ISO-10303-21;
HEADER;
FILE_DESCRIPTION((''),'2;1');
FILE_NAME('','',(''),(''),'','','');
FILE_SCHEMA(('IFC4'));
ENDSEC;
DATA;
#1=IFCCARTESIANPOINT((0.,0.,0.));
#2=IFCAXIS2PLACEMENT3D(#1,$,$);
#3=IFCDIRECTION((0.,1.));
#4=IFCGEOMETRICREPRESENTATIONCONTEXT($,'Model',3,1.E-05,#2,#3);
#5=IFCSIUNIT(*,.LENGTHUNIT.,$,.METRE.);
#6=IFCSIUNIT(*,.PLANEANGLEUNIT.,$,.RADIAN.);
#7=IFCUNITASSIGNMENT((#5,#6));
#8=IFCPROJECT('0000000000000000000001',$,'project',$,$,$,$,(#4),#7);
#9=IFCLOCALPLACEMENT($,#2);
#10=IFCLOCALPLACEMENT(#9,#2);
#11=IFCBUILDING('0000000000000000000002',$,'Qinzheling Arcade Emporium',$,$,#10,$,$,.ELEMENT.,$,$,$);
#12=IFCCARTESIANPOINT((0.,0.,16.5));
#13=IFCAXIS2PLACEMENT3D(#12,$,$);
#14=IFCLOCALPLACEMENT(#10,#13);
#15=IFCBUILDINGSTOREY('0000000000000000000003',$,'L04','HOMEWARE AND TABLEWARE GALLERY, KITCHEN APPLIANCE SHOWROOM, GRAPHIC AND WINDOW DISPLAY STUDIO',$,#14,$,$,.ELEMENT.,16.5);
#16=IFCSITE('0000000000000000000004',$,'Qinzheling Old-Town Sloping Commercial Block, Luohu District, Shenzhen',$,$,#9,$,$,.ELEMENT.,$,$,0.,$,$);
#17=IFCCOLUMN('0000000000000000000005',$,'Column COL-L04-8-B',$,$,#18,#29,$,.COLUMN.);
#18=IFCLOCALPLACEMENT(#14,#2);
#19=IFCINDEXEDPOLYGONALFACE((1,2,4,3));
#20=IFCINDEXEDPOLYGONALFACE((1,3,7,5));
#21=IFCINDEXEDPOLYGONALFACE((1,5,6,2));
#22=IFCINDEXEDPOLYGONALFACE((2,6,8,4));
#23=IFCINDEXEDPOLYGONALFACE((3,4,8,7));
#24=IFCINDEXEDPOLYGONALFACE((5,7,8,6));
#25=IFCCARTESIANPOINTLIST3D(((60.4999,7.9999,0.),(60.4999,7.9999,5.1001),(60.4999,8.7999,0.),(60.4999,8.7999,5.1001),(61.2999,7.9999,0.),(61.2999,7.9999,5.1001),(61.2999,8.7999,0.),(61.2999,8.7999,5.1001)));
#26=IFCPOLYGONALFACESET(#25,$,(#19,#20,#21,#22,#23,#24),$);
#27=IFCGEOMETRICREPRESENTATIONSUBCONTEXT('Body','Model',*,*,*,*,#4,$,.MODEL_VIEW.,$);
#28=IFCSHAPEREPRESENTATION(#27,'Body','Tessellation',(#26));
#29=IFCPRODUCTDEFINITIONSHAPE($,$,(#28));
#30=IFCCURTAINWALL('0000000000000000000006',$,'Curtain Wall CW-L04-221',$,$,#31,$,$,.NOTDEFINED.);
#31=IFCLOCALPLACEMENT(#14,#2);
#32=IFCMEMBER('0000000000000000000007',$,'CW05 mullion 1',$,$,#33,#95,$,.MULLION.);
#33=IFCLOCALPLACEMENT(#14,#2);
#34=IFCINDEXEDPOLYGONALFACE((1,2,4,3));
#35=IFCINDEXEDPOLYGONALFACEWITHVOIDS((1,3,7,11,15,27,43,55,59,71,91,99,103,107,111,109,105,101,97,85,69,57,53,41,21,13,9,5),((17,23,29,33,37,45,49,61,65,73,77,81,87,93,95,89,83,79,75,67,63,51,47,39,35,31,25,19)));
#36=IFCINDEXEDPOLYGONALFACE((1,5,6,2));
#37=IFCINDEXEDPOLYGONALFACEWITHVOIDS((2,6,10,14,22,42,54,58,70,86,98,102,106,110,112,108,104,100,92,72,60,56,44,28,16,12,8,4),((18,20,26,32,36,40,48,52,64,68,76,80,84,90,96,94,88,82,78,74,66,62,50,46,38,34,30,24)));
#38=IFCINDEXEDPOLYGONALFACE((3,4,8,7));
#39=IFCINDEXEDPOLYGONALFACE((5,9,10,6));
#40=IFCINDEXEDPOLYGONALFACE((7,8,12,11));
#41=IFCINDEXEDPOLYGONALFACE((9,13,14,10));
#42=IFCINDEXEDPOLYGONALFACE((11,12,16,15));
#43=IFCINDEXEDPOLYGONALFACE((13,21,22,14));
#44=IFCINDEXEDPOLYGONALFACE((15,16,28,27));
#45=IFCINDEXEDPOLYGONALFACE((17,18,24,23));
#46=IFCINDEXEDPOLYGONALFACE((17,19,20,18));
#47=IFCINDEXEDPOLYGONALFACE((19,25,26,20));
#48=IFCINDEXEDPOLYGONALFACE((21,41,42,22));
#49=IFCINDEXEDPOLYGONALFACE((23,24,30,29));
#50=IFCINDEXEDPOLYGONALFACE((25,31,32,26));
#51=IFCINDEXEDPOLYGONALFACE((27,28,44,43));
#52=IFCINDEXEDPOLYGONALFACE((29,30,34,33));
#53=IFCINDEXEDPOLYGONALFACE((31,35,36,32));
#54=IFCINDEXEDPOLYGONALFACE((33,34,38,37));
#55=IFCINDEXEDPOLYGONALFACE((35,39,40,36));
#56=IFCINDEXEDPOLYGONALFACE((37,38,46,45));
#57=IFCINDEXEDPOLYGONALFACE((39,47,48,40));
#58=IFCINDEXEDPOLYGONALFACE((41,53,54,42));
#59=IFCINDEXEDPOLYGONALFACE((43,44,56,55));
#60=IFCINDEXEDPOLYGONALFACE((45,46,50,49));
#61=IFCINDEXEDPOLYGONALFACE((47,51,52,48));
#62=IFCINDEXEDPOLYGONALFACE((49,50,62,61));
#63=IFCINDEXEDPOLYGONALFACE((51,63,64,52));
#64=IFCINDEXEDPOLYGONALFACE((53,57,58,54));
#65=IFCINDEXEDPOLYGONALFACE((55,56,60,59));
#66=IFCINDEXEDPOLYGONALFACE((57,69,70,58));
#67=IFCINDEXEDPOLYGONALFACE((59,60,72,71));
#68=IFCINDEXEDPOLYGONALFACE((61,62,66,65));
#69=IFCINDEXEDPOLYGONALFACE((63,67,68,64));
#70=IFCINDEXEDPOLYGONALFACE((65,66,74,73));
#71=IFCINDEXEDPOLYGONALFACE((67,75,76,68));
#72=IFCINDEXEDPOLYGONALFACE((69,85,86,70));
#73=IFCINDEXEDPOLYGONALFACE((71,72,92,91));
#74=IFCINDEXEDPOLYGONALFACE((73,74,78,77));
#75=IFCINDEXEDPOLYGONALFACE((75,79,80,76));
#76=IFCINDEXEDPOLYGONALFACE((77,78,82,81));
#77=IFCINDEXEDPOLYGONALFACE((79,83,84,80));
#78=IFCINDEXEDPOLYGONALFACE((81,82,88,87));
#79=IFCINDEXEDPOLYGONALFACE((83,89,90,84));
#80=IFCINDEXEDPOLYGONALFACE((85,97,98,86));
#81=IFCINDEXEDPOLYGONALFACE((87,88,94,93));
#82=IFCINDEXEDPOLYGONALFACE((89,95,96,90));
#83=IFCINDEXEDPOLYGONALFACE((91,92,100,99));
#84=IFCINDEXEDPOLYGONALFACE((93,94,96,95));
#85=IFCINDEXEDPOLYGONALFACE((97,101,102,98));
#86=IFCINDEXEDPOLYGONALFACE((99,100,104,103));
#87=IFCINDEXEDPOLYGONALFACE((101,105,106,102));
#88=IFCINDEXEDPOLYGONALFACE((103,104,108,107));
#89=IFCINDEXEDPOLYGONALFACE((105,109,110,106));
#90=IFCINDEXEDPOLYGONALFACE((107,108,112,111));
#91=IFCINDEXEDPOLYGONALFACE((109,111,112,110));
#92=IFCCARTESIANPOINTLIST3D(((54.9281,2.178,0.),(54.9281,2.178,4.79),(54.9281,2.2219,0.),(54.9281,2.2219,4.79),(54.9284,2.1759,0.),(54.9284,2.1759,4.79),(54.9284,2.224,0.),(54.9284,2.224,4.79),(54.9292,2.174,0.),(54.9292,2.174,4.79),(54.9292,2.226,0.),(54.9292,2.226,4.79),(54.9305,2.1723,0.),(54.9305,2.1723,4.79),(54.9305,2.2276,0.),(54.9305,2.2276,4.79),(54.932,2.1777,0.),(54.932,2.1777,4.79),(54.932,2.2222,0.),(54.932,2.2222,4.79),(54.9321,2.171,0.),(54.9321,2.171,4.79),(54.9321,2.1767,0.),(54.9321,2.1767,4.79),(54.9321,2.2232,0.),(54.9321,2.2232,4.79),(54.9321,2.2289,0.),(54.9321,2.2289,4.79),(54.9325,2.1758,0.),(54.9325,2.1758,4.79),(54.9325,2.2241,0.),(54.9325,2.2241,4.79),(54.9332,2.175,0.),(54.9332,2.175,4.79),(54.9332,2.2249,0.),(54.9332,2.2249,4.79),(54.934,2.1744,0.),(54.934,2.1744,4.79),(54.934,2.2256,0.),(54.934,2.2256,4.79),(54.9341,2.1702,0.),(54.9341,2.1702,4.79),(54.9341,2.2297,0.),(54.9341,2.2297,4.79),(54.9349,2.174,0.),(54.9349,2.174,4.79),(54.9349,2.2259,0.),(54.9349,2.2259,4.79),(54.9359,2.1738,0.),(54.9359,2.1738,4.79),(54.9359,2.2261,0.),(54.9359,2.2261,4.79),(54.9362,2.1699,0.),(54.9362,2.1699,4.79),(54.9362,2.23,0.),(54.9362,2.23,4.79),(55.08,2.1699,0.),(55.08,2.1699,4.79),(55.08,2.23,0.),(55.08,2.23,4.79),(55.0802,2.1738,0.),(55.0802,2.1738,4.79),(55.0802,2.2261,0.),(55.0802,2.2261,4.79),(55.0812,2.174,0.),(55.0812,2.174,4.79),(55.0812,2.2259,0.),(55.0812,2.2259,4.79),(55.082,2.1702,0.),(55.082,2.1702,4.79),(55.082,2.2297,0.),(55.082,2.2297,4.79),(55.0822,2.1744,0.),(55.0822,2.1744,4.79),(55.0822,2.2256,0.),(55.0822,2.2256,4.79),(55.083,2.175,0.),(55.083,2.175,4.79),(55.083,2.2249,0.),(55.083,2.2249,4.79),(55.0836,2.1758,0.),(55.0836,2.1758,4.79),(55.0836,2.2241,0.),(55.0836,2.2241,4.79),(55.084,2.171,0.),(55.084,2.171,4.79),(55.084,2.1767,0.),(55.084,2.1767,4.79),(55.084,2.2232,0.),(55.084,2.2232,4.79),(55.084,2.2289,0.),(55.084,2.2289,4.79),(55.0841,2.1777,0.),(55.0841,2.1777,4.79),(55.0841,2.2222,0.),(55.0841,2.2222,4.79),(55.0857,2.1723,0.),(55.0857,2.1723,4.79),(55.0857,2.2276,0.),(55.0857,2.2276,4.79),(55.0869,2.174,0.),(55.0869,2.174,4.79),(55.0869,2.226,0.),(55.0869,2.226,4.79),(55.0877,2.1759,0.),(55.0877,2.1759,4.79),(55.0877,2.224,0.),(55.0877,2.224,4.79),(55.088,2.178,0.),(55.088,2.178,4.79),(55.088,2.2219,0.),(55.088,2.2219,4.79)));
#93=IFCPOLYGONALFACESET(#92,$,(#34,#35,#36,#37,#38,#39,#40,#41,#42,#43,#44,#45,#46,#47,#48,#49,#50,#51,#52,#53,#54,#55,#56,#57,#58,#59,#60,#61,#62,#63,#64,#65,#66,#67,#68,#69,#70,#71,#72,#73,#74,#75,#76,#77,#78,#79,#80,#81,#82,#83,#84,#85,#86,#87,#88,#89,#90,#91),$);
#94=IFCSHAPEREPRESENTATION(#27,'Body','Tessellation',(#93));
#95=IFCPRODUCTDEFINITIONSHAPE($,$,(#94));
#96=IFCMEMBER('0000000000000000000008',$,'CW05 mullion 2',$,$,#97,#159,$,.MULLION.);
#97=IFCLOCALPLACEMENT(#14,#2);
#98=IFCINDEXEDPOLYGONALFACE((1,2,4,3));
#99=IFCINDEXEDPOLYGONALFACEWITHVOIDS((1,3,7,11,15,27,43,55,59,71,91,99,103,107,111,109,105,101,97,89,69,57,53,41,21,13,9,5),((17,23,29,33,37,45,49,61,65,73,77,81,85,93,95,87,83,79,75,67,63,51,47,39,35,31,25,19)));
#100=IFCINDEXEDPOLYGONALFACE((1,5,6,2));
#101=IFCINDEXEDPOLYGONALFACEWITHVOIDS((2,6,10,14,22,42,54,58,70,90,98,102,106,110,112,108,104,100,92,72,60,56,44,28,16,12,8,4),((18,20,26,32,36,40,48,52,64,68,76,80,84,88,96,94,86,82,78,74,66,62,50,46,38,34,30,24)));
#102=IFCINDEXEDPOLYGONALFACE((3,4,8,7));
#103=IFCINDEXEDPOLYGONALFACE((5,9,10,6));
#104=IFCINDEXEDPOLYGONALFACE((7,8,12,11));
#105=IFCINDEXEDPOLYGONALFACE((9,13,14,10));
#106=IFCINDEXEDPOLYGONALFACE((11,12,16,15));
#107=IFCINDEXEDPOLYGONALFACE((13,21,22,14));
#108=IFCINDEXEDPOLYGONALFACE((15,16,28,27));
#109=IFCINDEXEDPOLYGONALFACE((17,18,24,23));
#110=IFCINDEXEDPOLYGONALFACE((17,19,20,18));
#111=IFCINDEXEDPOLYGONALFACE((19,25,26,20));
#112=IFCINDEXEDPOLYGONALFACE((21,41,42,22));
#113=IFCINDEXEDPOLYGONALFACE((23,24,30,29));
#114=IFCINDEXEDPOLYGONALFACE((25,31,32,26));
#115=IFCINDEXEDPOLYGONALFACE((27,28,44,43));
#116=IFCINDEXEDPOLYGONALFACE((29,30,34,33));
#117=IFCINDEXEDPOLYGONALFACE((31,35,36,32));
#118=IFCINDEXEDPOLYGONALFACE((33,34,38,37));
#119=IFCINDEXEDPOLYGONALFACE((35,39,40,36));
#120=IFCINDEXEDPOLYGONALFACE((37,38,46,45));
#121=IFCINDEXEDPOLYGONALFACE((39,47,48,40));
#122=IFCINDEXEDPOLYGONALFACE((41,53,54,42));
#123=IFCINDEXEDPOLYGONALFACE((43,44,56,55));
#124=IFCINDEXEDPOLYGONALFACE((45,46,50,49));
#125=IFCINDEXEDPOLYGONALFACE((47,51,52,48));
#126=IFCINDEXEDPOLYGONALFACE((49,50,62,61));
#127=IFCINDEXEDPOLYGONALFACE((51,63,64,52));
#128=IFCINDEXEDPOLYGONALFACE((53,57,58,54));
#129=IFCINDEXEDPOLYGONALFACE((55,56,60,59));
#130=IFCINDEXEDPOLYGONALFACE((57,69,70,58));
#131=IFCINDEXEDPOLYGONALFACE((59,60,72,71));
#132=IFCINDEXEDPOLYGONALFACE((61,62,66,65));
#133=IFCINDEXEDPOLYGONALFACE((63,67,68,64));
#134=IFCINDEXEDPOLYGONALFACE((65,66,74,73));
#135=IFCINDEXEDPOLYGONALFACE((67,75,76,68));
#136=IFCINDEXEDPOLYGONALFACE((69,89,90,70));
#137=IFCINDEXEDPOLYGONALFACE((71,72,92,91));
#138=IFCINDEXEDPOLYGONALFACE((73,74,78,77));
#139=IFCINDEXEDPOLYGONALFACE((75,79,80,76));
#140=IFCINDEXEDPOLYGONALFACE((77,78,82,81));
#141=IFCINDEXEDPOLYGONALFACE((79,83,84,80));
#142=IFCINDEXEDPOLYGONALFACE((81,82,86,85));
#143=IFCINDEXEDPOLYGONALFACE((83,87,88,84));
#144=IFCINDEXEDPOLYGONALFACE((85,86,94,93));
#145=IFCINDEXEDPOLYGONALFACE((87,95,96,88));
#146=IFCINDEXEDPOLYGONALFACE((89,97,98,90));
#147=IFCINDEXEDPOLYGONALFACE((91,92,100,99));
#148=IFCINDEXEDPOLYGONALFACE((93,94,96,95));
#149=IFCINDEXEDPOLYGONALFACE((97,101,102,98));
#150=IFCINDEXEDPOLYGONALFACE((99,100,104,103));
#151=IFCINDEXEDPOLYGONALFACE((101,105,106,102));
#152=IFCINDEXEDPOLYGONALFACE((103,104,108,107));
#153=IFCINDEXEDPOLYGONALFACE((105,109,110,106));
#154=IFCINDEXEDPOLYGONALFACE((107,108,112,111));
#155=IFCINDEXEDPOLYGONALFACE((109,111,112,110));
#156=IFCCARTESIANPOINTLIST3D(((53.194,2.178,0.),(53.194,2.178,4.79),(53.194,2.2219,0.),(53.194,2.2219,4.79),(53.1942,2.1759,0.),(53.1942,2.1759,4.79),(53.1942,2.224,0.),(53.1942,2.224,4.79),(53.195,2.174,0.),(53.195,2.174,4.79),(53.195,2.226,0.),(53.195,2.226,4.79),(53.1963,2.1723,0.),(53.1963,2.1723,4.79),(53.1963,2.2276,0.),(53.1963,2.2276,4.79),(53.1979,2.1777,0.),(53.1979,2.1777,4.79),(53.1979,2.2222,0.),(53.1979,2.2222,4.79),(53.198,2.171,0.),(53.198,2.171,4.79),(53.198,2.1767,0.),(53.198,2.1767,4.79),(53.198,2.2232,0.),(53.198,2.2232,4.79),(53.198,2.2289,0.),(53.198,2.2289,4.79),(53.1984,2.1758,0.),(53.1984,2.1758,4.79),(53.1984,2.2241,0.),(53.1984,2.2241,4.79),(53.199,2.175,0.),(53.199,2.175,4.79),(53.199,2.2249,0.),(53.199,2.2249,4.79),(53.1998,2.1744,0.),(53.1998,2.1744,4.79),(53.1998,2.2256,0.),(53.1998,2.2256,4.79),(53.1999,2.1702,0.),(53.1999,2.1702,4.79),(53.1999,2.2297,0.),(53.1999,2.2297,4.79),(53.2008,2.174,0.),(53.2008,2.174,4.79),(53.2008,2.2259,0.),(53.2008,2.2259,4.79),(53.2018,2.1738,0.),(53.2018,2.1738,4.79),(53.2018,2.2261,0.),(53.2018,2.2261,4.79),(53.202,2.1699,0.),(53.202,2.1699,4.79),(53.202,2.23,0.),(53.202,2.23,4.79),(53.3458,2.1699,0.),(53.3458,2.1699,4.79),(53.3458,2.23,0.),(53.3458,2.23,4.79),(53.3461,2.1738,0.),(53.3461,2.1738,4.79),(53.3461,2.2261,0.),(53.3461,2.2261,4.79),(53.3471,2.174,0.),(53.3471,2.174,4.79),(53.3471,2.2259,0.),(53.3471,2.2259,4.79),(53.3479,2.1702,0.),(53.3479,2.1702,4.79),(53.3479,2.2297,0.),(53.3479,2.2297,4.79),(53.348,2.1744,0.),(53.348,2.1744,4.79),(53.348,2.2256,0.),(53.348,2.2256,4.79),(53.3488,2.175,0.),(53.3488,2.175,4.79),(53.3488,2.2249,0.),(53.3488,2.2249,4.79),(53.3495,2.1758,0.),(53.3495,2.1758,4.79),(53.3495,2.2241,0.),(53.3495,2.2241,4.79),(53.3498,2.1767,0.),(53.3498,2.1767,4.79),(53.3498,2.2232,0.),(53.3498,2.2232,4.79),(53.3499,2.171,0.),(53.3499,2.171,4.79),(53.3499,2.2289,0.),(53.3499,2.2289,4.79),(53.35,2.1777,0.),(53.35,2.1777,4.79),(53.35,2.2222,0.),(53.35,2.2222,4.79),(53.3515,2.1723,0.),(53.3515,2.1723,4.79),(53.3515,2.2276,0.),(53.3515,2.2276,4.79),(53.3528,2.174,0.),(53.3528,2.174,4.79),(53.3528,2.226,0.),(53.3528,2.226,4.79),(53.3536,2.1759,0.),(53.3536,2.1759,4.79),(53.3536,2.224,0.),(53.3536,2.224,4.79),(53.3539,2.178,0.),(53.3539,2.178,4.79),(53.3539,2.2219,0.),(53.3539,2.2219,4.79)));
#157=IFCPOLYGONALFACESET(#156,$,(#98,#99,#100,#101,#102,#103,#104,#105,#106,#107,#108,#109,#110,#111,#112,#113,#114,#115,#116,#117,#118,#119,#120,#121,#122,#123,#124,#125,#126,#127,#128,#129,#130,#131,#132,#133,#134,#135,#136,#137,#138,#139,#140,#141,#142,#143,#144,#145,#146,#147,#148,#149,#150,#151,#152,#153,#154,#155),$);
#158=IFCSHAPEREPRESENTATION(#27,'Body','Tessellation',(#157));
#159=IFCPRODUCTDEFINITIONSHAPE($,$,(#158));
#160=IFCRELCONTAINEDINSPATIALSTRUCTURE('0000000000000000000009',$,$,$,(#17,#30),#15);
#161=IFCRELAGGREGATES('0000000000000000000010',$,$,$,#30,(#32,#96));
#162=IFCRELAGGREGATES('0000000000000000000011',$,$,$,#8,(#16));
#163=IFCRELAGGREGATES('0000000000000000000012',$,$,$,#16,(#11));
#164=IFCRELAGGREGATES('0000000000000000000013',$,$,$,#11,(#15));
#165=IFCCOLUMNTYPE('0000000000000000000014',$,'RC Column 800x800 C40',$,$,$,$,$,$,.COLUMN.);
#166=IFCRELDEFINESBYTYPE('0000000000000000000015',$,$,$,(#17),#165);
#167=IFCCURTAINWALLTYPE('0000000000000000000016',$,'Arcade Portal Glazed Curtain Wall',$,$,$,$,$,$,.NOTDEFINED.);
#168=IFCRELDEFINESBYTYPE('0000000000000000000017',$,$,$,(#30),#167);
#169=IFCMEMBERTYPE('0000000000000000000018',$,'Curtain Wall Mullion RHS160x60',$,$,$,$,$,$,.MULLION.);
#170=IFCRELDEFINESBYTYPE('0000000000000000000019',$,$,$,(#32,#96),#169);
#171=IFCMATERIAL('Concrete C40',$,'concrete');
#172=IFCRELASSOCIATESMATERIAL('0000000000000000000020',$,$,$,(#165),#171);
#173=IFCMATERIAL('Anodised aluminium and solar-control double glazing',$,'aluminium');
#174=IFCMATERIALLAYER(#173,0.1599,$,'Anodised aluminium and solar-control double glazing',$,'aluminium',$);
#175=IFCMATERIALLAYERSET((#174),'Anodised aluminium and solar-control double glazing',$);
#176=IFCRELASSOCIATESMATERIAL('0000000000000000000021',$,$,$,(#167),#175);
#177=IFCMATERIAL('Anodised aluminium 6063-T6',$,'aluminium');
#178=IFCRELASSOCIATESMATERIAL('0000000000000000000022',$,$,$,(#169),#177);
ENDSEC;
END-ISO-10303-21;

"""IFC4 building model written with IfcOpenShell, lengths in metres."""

from ifc_helpers import new_model, si_unit, direction, frame, origin, origin_2d, place, context, subcontext, project, spatial, rectangle, hollow_rectangle, extrude, material, layer, layer_set, material_profile, profile_set, type_object, element, aggregate, save


model = new_model("IFC4")

# Units and contexts
model_context = context("Model", 3, precision=1e-05, world=origin(), true_north=direction((0.0, 1.0)))
body_context = subcontext(model_context, "Body", "Model", "MODEL_VIEW")
ifc_project = project(units=[si_unit("LENGTHUNIT", "METRE"), si_unit("PLANEANGLEUNIT", "RADIAN")], contexts=[model_context])

# Site, building, storey
site_placement = place(None, origin())
site = spatial("IfcSite", under=ifc_project, at=site_placement, Name="Qinzheling Old-Town Sloping Commercial Block, Luohu District, Shenzhen", CompositionType="ELEMENT", RefElevation=0.0)
building_placement = place(site_placement, origin())
building = spatial("IfcBuilding", under=site, at=building_placement, Name="Qinzheling Arcade Emporium", CompositionType="ELEMENT")
storey_placement = place(building_placement, frame((0.0, 0.0, 16.5)))
storey = spatial("IfcBuildingStorey", under=building, at=storey_placement, Name="L04", Description="HOMEWARE AND TABLEWARE GALLERY, KITCHEN APPLIANCE SHOWROOM, GRAPHIC AND WINDOW DISPLAY STUDIO", CompositionType="ELEMENT", Elevation=16.5)

# Column
ifc_material_1 = material(Name="Concrete C40", Category="concrete")
ifc_material_profile_1 = material_profile(ifc_material_1, rectangle(XDim=0.8, YDim=0.8, at=origin_2d()), Name="RC 800x800", Category="concrete")
ifc_profile_set_1 = profile_set([ifc_material_profile_1], Name="Concrete C40")
column_type = type_object("IfcColumnType", Name="RC Column 800x800 C40", PredefinedType="COLUMN", material=ifc_profile_set_1)
column_placement = place(storey_placement, frame((60.8999, 8.3999, 0.0), z_axis=(0.0, 0.0, 1.0), x_axis=(1.0, 0.0, 0.0)))
element("IfcColumn", 1, at=column_placement, inside=storey, type_object=column_type, Name="Column COL-L04-8-B", PredefinedType="COLUMN", context=body_context, shape_type="SweptSolid", body=[
    extrude(rectangle(XDim=0.8, YDim=0.8, at=origin_2d()), origin(), (0.0, 0.0, 1.0), 5.1001),
])

# Curtain wall, members
ifc_material_2 = material(Name="Anodised aluminium and solar-control double glazing", Category="aluminium")
ifc_layer_1 = layer(ifc_material_2, 0.1599, Name="Anodised aluminium and solar-control double glazing", Category="aluminium")
ifc_layer_set_1 = layer_set([ifc_layer_1], Name="Anodised aluminium and solar-control double glazing")
curtain_wall_type = type_object("IfcCurtainWallType", Name="Arcade Portal Glazed Curtain Wall", PredefinedType="NOTDEFINED", material=ifc_layer_set_1)
curtain_wall_placement = place(storey_placement, origin())
curtain_wall = element("IfcCurtainWall", 2, at=curtain_wall_placement, inside=storey, type_object=curtain_wall_type, Name="Curtain Wall CW-L04-221", PredefinedType="NOTDEFINED")
ifc_material_3 = material(Name="Anodised aluminium 6063-T6", Category="aluminium")
ifc_material_profile_2 = material_profile(ifc_material_3, hollow_rectangle(XDim=0.0601, YDim=0.1599, WallThickness=0.0039, InnerFilletRadius=0.0039, OuterFilletRadius=0.0081, at=origin_2d()), Name="RHS 160x60x4", Category="aluminium")
ifc_profile_set_2 = profile_set([ifc_material_profile_2], Name="Anodised aluminium 6063-T6")
member_type_1 = type_object("IfcMemberType", Name="Curtain Wall Mullion RHS160x60", PredefinedType="MULLION", material=ifc_profile_set_2)
member_1_placement = place(storey_placement, frame((55.0081, 2.2, 0.0), z_axis=(0.0, 0.0, 1.0), x_axis=(0.0, -1.0, 0.0)))
member_1 = element("IfcMember", 3, at=member_1_placement, type_object=member_type_1, Name="CW05 mullion 1", PredefinedType="MULLION", context=body_context, shape_type="SweptSolid", body=[
    extrude(hollow_rectangle(XDim=0.0601, YDim=0.1599, WallThickness=0.0039, InnerFilletRadius=0.0039, OuterFilletRadius=0.0081, at=origin_2d()), origin(), (0.0, 0.0, 1.0), 4.79),
])
member_2_placement = place(storey_placement, frame((53.2739, 2.2, 0.0), z_axis=(0.0, 0.0, 1.0), x_axis=(0.0, -1.0, 0.0)))
member_2 = element("IfcMember", 4, at=member_2_placement, type_object=member_type_1, Name="CW05 mullion 2", PredefinedType="MULLION", context=body_context, shape_type="SweptSolid", body=[
    extrude(hollow_rectangle(XDim=0.0601, YDim=0.1599, WallThickness=0.0039, InnerFilletRadius=0.0039, OuterFilletRadius=0.0081, at=origin_2d()), origin(), (0.0, 0.0, 1.0), 4.79),
])

aggregate(curtain_wall, [member_1, member_2])

save(model, "model.ifc")
